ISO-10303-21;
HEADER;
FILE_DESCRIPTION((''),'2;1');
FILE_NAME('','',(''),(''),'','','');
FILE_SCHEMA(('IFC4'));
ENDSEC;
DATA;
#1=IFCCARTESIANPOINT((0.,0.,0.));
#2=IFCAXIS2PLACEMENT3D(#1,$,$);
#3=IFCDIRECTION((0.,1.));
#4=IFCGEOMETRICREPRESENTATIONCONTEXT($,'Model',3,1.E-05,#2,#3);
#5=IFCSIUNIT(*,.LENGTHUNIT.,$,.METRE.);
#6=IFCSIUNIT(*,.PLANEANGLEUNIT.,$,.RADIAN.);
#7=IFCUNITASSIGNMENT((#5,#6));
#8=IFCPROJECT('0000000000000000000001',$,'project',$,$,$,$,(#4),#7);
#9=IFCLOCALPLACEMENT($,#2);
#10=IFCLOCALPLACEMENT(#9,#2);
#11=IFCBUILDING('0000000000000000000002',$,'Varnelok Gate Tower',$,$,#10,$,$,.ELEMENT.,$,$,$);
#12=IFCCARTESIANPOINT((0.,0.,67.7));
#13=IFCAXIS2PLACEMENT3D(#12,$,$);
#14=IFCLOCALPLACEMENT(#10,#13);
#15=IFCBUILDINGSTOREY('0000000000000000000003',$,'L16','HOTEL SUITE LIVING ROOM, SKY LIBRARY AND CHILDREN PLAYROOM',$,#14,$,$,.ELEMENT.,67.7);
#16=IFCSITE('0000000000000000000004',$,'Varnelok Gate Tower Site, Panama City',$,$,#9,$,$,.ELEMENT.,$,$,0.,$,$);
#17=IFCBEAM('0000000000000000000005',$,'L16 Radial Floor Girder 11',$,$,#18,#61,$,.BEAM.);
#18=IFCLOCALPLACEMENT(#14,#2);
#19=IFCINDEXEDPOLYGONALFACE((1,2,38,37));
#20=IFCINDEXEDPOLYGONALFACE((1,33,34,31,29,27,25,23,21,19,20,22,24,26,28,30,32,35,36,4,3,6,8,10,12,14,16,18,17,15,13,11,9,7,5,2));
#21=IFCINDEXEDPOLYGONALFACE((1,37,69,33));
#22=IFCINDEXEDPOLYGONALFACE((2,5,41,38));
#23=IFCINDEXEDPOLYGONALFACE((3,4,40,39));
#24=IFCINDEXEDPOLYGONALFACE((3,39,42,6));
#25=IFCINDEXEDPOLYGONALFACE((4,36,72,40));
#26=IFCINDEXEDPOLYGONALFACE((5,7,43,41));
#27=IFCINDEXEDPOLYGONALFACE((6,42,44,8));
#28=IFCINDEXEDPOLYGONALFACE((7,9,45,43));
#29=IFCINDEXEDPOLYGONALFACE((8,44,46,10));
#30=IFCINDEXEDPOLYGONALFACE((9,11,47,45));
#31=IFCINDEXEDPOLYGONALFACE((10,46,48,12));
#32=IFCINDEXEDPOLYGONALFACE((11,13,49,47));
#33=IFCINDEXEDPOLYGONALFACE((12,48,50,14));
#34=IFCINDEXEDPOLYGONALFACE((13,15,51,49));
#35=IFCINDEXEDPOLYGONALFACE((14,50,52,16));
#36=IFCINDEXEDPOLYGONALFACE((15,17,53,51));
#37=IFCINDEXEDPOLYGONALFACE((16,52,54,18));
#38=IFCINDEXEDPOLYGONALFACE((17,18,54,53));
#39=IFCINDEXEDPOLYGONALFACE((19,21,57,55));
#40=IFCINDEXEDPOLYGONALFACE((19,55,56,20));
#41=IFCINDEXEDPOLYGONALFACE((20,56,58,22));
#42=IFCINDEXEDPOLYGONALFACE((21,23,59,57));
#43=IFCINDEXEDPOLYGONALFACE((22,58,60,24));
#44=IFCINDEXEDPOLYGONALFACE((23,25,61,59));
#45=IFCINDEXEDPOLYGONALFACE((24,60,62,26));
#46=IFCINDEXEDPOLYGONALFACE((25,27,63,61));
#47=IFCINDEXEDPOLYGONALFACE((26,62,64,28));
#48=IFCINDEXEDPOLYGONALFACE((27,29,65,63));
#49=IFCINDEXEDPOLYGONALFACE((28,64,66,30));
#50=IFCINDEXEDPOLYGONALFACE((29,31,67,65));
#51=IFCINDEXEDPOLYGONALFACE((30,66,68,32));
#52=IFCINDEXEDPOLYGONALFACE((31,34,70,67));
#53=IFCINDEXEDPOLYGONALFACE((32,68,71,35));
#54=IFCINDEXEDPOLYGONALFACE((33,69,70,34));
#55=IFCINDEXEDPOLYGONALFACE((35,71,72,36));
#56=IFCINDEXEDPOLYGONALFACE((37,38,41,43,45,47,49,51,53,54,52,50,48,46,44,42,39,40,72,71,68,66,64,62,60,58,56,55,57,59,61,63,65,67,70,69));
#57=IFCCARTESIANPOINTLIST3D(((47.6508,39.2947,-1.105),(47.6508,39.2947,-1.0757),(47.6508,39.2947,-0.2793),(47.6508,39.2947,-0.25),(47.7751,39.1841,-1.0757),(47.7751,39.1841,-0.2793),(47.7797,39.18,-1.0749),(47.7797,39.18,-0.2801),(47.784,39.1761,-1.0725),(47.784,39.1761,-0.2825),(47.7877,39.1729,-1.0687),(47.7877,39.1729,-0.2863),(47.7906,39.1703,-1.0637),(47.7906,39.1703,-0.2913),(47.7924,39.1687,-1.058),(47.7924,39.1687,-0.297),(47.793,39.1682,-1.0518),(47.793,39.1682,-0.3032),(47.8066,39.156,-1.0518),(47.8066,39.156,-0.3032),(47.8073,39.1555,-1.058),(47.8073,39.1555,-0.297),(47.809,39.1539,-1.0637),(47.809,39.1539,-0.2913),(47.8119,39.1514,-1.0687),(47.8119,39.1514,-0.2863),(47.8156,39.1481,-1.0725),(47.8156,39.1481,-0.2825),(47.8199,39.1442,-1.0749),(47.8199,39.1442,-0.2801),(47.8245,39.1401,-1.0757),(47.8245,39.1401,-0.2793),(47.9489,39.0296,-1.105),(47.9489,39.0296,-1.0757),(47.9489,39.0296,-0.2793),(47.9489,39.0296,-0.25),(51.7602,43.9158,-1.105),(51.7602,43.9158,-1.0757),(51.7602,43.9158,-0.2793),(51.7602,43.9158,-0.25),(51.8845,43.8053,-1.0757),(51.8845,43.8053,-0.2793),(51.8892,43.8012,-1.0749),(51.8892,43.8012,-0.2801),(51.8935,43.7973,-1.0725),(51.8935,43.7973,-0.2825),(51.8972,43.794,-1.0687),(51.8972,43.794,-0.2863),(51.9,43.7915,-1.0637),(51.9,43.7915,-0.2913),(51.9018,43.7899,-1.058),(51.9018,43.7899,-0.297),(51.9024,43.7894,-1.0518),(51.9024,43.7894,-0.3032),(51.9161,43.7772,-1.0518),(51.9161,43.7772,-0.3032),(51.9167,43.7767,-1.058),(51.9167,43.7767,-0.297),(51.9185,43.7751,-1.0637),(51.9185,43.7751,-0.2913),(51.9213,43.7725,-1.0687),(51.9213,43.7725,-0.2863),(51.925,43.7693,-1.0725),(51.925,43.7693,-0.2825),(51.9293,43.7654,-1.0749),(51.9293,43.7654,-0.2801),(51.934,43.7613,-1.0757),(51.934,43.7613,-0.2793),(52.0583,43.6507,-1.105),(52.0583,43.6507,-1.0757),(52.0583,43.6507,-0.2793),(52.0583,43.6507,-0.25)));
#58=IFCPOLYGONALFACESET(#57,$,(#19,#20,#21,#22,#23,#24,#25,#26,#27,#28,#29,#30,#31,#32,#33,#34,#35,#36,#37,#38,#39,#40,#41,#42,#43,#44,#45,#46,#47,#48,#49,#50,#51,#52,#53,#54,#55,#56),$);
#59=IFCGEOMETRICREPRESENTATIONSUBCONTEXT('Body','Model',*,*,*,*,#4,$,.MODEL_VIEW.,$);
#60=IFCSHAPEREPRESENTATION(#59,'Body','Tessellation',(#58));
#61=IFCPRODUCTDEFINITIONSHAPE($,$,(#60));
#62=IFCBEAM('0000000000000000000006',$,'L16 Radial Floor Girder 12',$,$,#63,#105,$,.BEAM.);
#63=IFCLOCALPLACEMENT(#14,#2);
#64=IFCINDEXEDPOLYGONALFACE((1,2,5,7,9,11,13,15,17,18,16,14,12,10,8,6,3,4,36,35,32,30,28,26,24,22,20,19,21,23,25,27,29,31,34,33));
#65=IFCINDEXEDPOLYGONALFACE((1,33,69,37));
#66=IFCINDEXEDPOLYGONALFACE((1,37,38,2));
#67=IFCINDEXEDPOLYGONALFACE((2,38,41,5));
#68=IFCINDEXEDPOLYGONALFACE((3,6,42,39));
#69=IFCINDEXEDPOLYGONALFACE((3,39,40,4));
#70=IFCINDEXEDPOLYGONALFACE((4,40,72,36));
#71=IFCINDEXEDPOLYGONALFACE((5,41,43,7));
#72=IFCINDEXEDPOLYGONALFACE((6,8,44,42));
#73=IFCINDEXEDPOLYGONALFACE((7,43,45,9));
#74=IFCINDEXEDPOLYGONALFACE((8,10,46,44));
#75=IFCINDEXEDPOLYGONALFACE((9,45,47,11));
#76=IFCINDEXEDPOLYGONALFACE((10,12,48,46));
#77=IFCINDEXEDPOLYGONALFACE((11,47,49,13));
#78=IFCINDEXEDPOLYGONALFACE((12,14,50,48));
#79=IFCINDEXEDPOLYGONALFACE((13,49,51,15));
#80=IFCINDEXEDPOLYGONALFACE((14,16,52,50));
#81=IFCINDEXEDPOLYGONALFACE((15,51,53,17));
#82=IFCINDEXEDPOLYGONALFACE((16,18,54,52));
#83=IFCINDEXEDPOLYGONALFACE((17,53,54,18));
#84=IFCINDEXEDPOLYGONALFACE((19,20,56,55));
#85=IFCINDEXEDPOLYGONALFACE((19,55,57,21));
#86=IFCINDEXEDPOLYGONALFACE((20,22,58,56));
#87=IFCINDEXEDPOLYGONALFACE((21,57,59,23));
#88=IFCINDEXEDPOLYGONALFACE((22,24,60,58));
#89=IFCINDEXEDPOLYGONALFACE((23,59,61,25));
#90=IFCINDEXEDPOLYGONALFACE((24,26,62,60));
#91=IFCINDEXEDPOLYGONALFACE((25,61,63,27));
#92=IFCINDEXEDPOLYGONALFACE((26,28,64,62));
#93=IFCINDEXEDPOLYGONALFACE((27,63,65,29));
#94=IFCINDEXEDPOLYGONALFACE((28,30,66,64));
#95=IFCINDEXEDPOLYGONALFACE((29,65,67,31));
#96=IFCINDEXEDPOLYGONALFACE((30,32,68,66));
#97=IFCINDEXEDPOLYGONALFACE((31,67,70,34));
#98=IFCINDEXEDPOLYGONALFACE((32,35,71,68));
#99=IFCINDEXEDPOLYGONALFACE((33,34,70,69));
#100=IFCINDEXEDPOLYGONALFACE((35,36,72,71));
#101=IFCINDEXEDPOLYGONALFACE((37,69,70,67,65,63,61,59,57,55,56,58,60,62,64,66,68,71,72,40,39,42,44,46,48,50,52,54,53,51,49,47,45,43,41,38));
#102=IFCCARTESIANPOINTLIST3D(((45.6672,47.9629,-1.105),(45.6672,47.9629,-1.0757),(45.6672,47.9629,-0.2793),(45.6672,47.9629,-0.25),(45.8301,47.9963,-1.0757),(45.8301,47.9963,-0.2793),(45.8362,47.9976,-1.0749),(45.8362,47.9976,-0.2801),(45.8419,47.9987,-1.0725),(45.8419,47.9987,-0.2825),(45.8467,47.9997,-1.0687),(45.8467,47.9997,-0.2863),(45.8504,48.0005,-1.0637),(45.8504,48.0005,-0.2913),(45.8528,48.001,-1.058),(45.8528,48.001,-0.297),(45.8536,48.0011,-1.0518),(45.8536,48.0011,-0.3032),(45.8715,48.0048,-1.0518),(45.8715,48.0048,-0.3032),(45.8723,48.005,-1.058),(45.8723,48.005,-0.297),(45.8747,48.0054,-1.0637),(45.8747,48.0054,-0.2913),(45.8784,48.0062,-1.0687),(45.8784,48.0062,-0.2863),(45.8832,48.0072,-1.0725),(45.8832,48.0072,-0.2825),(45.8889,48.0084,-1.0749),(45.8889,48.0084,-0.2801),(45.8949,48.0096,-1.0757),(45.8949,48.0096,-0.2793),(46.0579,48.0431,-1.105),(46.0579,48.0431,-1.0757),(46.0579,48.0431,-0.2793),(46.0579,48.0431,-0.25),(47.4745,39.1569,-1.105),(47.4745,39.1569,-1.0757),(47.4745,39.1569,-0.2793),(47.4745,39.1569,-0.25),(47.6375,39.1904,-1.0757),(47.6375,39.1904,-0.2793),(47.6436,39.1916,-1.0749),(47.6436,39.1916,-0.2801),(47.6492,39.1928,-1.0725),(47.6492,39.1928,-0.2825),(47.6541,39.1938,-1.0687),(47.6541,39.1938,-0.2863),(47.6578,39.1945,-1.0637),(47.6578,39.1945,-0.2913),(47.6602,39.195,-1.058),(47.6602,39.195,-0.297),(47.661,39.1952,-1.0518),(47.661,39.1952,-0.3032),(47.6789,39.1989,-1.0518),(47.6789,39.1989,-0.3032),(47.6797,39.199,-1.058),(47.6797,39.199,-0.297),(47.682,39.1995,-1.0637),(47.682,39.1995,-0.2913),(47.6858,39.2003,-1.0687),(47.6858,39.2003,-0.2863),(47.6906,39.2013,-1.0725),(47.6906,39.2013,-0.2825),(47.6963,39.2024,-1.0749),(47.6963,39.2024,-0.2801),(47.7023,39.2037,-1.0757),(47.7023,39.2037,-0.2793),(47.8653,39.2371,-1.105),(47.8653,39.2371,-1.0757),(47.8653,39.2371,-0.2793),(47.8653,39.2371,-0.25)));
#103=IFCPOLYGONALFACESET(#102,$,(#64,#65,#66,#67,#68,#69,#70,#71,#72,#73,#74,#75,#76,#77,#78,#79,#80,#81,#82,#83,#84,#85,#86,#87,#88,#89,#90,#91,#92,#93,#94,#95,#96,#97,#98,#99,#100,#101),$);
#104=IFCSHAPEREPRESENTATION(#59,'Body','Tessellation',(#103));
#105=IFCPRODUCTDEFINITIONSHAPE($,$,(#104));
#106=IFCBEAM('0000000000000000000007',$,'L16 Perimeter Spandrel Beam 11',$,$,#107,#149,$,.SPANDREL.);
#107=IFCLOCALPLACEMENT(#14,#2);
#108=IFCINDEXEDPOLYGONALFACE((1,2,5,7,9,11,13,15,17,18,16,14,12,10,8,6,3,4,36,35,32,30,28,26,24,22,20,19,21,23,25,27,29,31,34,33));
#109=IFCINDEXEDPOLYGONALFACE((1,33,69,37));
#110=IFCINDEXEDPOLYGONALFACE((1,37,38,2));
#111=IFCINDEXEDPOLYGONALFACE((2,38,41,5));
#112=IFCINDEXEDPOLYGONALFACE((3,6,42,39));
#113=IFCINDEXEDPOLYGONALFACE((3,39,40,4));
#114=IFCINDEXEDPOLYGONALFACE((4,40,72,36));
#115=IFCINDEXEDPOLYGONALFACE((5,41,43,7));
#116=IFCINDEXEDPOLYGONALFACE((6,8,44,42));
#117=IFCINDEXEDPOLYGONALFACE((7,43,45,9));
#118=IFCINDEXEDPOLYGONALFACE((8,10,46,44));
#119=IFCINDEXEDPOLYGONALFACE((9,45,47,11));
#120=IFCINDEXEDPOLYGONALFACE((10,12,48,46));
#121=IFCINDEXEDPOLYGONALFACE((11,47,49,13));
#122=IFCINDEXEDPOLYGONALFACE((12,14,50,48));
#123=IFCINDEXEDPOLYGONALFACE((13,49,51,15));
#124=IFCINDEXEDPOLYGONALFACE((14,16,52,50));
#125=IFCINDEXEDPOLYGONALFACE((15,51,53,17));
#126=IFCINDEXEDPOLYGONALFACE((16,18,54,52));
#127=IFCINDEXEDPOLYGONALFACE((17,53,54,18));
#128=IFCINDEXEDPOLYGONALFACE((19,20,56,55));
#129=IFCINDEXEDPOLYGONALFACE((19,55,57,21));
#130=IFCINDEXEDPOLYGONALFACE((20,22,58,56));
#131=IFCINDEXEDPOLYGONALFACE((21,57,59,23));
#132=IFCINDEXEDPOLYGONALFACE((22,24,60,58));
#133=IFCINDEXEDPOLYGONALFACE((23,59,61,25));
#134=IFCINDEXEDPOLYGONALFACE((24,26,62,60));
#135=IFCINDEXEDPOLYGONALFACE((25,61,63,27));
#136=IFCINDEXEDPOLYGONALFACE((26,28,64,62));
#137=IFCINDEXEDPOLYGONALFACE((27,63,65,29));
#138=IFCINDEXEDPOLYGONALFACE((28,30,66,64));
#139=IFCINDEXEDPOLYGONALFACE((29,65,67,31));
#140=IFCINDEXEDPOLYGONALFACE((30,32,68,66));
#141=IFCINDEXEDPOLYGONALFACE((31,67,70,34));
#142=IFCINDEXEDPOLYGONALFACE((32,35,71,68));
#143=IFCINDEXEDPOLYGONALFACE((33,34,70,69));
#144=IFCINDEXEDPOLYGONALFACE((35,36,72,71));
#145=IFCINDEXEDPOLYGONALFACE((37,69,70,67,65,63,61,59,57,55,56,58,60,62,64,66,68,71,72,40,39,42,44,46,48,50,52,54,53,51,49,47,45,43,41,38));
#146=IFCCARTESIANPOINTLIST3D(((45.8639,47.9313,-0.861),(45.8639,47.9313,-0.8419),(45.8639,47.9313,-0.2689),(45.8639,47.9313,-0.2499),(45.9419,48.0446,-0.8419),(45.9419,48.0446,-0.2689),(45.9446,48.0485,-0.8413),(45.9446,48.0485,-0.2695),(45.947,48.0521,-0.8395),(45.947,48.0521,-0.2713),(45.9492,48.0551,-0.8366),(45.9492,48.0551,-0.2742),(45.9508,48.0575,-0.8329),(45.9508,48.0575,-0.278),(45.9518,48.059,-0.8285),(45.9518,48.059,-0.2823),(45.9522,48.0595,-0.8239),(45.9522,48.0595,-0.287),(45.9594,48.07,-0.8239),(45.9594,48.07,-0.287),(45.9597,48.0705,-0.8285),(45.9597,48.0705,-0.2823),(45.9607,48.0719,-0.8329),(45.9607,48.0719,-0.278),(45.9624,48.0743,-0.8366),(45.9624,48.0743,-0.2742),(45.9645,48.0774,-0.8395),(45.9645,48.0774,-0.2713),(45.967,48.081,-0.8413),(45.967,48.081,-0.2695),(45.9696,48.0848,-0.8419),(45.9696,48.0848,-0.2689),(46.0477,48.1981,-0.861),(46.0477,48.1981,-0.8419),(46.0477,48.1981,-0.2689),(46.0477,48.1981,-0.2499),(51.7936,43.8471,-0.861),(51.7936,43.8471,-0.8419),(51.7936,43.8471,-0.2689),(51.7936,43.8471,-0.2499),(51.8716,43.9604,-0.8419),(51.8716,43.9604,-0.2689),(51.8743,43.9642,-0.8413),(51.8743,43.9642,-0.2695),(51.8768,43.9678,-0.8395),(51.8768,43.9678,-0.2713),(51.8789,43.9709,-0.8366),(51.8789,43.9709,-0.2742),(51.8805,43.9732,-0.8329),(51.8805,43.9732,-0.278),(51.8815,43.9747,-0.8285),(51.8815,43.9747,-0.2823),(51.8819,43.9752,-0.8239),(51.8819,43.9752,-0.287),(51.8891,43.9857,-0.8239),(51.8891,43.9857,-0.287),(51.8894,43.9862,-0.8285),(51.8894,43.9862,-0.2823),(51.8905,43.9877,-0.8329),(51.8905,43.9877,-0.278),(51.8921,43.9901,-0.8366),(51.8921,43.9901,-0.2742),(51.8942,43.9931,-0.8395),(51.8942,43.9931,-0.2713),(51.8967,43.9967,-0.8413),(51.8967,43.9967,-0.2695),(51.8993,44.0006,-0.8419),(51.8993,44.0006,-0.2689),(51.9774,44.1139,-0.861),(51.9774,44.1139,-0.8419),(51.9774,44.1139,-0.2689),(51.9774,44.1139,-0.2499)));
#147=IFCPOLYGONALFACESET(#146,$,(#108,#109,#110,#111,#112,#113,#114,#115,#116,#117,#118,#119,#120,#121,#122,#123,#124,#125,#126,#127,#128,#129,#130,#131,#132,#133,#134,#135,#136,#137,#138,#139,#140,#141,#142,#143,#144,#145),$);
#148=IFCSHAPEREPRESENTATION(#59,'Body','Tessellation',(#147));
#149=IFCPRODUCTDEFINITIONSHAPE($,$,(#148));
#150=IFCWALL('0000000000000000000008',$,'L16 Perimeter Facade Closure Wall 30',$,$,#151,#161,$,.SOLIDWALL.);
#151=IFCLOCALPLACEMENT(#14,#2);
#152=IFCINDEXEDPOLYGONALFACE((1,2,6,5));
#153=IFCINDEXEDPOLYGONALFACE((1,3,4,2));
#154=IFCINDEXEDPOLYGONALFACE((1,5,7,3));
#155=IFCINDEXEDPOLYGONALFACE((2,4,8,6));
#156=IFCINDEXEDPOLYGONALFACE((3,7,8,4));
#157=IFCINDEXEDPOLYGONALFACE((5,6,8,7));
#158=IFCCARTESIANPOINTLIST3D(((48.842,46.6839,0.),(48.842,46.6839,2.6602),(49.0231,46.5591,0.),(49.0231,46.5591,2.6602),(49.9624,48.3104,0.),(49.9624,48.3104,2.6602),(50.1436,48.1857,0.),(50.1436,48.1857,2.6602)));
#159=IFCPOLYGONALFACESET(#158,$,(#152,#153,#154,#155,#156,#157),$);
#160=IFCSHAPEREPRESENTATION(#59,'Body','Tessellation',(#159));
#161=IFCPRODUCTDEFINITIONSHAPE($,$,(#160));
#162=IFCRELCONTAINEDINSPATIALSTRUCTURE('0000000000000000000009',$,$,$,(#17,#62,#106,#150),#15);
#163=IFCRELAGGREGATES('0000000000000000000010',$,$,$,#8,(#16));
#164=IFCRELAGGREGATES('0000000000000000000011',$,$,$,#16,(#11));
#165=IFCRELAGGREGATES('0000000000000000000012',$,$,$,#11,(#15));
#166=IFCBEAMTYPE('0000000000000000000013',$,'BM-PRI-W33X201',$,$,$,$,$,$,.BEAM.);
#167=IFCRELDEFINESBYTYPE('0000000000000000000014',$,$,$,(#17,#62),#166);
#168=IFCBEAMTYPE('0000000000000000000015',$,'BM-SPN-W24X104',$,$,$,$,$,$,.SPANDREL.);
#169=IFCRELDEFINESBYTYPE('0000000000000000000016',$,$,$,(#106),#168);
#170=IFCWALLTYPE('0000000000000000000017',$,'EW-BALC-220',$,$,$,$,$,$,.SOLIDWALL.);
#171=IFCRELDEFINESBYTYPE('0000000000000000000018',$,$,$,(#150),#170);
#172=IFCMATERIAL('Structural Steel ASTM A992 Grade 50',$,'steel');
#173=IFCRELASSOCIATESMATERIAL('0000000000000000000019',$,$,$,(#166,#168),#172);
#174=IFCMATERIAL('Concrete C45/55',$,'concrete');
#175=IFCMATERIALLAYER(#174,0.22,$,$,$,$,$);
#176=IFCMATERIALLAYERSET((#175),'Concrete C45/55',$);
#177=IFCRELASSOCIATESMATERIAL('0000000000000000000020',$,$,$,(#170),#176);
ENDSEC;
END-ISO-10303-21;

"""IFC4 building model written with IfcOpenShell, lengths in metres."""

from ifc_helpers import new_model, si_unit, direction, frame, frame_2d, origin, origin_2d, place, context, subcontext, project, spatial, rectangle, i_section, extrude, material, layer, layer_set, material_profile, profile_set, type_object, element, save


model = new_model("IFC4")

# Units and contexts
model_context = context("Model", 3, precision=1e-05, world=origin(), true_north=direction((0.0, 1.0)))
body_context = subcontext(model_context, "Body", "Model", "MODEL_VIEW")
ifc_project = project(units=[si_unit("LENGTHUNIT", "METRE"), si_unit("PLANEANGLEUNIT", "RADIAN")], contexts=[model_context])

# Site, building, storey
site_placement = place(None, origin())
site = spatial("IfcSite", under=ifc_project, at=site_placement, Name="Varnelok Gate Tower Site, Panama City", CompositionType="ELEMENT", RefElevation=0.0)
building_placement = place(site_placement, origin())
building = spatial("IfcBuilding", under=site, at=building_placement, Name="Varnelok Gate Tower", CompositionType="ELEMENT")
storey_placement = place(building_placement, frame((0.0, 0.0, 67.7)))
storey = spatial("IfcBuildingStorey", under=building, at=storey_placement, Name="L16", Description="HOTEL SUITE LIVING ROOM, SKY LIBRARY AND CHILDREN PLAYROOM", CompositionType="ELEMENT", Elevation=67.7)

# Shared definitions
ifc_material_1 = material(Name="Structural Steel ASTM A992 Grade 50", Category="steel")

# Beams
ifc_material_profile_1 = material_profile(ifc_material_1, i_section(OverallWidth=0.3989, OverallDepth=0.855, WebThickness=0.0183, FlangeThickness=0.0293, FilletRadius=0.0239, at=origin_2d()), Name="W33X201")
ifc_profile_set_1 = profile_set([ifc_material_profile_1], Name="Structural Steel ASTM A992 Grade 50")
beam_type_1 = type_object("IfcBeamType", Name="BM-PRI-W33X201", PredefinedType="BEAM", material=ifc_profile_set_1)
beam_1_placement = place(storey_placement, frame((47.7998, 39.1621, -0.6775), z_axis=(0.664521, 0.74727, 0.0), x_axis=(-0.74727, 0.664521, 0.0)))
element("IfcBeam", 1, at=beam_1_placement, inside=storey, type_object=beam_type_1, Name="L16 Radial Floor Girder 11", PredefinedType="BEAM", context=body_context, shape_type="SweptSolid", body=[
    extrude(i_section(OverallWidth=0.3989, OverallDepth=0.855, WebThickness=0.0183, FlangeThickness=0.0293, FilletRadius=0.0239, at=origin_2d()), origin(), (0.0, 0.0, 1.0), 6.1841),
])
beam_2_placement = place(storey_placement, frame((47.6699, 39.197, -0.6775), z_axis=(-0.201054, 0.97958, 0.0), x_axis=(-0.97958, -0.201054, 0.0)))
element("IfcBeam", 2, at=beam_2_placement, inside=storey, type_object=beam_type_1, Name="L16 Radial Floor Girder 12", PredefinedType="BEAM", context=body_context, shape_type="SweptSolid", body=[
    extrude(i_section(OverallWidth=0.3989, OverallDepth=0.855, WebThickness=0.0183, FlangeThickness=0.0293, FilletRadius=0.0239, at=origin_2d()), origin(), (0.0, 0.0, 1.0), 8.9895),
])
ifc_material_profile_2 = material_profile(ifc_material_1, i_section(OverallWidth=0.324, OverallDepth=0.6111, WebThickness=0.0127, FlangeThickness=0.019, FilletRadius=0.0181, at=origin_2d()), Name="W24X104")
ifc_profile_set_2 = profile_set([ifc_material_profile_2], Name="Structural Steel ASTM A992 Grade 50")
beam_type_2 = type_object("IfcBeamType", Name="BM-SPN-W24X104", PredefinedType="SPANDREL", material=ifc_profile_set_2)
beam_3_placement = place(storey_placement, frame((51.8855, 43.9805, -0.5554), z_axis=(-0.823551, 0.567242, 0.0), x_axis=(-0.567242, -0.823551, 0.0)))
element("IfcBeam", 3, at=beam_3_placement, inside=storey, type_object=beam_type_2, Name="L16 Perimeter Spandrel Beam 11", PredefinedType="SPANDREL", context=body_context, shape_type="SweptSolid", body=[
    extrude(i_section(OverallWidth=0.324, OverallDepth=0.6111, WebThickness=0.0127, FlangeThickness=0.019, FilletRadius=0.0181, at=origin_2d()), origin(), (0.0, 0.0, 1.0), 7.2002),
])

# Wall
ifc_material_2 = material(Name="Concrete C45/55", Category="concrete")
ifc_layer_1 = layer(ifc_material_2, 0.22)
ifc_layer_set_1 = layer_set([ifc_layer_1], Name="Concrete C45/55")
wall_type_1 = type_object("IfcWallType", Name="EW-BALC-220", PredefinedType="SOLIDWALL", material=ifc_layer_set_1)
wall_1_placement = place(storey_placement, frame((50.053, 48.248, 0.0), z_axis=(0.0, 0.0, 1.0), x_axis=(-0.567274, -0.823529, 0.0)))
element("IfcWall", 4, at=wall_1_placement, inside=storey, type_object=wall_type_1, Name="L16 Perimeter Facade Closure Wall 30", PredefinedType="SOLIDWALL", context=body_context, shape_type="SweptSolid", body=[
    extrude(rectangle(XDim=1.9751, YDim=0.22, at=frame_2d((0.9875, 0.0))), origin(), (0.0, 0.0, 1.0), 2.6602),
])

save(model, "model.ifc")
